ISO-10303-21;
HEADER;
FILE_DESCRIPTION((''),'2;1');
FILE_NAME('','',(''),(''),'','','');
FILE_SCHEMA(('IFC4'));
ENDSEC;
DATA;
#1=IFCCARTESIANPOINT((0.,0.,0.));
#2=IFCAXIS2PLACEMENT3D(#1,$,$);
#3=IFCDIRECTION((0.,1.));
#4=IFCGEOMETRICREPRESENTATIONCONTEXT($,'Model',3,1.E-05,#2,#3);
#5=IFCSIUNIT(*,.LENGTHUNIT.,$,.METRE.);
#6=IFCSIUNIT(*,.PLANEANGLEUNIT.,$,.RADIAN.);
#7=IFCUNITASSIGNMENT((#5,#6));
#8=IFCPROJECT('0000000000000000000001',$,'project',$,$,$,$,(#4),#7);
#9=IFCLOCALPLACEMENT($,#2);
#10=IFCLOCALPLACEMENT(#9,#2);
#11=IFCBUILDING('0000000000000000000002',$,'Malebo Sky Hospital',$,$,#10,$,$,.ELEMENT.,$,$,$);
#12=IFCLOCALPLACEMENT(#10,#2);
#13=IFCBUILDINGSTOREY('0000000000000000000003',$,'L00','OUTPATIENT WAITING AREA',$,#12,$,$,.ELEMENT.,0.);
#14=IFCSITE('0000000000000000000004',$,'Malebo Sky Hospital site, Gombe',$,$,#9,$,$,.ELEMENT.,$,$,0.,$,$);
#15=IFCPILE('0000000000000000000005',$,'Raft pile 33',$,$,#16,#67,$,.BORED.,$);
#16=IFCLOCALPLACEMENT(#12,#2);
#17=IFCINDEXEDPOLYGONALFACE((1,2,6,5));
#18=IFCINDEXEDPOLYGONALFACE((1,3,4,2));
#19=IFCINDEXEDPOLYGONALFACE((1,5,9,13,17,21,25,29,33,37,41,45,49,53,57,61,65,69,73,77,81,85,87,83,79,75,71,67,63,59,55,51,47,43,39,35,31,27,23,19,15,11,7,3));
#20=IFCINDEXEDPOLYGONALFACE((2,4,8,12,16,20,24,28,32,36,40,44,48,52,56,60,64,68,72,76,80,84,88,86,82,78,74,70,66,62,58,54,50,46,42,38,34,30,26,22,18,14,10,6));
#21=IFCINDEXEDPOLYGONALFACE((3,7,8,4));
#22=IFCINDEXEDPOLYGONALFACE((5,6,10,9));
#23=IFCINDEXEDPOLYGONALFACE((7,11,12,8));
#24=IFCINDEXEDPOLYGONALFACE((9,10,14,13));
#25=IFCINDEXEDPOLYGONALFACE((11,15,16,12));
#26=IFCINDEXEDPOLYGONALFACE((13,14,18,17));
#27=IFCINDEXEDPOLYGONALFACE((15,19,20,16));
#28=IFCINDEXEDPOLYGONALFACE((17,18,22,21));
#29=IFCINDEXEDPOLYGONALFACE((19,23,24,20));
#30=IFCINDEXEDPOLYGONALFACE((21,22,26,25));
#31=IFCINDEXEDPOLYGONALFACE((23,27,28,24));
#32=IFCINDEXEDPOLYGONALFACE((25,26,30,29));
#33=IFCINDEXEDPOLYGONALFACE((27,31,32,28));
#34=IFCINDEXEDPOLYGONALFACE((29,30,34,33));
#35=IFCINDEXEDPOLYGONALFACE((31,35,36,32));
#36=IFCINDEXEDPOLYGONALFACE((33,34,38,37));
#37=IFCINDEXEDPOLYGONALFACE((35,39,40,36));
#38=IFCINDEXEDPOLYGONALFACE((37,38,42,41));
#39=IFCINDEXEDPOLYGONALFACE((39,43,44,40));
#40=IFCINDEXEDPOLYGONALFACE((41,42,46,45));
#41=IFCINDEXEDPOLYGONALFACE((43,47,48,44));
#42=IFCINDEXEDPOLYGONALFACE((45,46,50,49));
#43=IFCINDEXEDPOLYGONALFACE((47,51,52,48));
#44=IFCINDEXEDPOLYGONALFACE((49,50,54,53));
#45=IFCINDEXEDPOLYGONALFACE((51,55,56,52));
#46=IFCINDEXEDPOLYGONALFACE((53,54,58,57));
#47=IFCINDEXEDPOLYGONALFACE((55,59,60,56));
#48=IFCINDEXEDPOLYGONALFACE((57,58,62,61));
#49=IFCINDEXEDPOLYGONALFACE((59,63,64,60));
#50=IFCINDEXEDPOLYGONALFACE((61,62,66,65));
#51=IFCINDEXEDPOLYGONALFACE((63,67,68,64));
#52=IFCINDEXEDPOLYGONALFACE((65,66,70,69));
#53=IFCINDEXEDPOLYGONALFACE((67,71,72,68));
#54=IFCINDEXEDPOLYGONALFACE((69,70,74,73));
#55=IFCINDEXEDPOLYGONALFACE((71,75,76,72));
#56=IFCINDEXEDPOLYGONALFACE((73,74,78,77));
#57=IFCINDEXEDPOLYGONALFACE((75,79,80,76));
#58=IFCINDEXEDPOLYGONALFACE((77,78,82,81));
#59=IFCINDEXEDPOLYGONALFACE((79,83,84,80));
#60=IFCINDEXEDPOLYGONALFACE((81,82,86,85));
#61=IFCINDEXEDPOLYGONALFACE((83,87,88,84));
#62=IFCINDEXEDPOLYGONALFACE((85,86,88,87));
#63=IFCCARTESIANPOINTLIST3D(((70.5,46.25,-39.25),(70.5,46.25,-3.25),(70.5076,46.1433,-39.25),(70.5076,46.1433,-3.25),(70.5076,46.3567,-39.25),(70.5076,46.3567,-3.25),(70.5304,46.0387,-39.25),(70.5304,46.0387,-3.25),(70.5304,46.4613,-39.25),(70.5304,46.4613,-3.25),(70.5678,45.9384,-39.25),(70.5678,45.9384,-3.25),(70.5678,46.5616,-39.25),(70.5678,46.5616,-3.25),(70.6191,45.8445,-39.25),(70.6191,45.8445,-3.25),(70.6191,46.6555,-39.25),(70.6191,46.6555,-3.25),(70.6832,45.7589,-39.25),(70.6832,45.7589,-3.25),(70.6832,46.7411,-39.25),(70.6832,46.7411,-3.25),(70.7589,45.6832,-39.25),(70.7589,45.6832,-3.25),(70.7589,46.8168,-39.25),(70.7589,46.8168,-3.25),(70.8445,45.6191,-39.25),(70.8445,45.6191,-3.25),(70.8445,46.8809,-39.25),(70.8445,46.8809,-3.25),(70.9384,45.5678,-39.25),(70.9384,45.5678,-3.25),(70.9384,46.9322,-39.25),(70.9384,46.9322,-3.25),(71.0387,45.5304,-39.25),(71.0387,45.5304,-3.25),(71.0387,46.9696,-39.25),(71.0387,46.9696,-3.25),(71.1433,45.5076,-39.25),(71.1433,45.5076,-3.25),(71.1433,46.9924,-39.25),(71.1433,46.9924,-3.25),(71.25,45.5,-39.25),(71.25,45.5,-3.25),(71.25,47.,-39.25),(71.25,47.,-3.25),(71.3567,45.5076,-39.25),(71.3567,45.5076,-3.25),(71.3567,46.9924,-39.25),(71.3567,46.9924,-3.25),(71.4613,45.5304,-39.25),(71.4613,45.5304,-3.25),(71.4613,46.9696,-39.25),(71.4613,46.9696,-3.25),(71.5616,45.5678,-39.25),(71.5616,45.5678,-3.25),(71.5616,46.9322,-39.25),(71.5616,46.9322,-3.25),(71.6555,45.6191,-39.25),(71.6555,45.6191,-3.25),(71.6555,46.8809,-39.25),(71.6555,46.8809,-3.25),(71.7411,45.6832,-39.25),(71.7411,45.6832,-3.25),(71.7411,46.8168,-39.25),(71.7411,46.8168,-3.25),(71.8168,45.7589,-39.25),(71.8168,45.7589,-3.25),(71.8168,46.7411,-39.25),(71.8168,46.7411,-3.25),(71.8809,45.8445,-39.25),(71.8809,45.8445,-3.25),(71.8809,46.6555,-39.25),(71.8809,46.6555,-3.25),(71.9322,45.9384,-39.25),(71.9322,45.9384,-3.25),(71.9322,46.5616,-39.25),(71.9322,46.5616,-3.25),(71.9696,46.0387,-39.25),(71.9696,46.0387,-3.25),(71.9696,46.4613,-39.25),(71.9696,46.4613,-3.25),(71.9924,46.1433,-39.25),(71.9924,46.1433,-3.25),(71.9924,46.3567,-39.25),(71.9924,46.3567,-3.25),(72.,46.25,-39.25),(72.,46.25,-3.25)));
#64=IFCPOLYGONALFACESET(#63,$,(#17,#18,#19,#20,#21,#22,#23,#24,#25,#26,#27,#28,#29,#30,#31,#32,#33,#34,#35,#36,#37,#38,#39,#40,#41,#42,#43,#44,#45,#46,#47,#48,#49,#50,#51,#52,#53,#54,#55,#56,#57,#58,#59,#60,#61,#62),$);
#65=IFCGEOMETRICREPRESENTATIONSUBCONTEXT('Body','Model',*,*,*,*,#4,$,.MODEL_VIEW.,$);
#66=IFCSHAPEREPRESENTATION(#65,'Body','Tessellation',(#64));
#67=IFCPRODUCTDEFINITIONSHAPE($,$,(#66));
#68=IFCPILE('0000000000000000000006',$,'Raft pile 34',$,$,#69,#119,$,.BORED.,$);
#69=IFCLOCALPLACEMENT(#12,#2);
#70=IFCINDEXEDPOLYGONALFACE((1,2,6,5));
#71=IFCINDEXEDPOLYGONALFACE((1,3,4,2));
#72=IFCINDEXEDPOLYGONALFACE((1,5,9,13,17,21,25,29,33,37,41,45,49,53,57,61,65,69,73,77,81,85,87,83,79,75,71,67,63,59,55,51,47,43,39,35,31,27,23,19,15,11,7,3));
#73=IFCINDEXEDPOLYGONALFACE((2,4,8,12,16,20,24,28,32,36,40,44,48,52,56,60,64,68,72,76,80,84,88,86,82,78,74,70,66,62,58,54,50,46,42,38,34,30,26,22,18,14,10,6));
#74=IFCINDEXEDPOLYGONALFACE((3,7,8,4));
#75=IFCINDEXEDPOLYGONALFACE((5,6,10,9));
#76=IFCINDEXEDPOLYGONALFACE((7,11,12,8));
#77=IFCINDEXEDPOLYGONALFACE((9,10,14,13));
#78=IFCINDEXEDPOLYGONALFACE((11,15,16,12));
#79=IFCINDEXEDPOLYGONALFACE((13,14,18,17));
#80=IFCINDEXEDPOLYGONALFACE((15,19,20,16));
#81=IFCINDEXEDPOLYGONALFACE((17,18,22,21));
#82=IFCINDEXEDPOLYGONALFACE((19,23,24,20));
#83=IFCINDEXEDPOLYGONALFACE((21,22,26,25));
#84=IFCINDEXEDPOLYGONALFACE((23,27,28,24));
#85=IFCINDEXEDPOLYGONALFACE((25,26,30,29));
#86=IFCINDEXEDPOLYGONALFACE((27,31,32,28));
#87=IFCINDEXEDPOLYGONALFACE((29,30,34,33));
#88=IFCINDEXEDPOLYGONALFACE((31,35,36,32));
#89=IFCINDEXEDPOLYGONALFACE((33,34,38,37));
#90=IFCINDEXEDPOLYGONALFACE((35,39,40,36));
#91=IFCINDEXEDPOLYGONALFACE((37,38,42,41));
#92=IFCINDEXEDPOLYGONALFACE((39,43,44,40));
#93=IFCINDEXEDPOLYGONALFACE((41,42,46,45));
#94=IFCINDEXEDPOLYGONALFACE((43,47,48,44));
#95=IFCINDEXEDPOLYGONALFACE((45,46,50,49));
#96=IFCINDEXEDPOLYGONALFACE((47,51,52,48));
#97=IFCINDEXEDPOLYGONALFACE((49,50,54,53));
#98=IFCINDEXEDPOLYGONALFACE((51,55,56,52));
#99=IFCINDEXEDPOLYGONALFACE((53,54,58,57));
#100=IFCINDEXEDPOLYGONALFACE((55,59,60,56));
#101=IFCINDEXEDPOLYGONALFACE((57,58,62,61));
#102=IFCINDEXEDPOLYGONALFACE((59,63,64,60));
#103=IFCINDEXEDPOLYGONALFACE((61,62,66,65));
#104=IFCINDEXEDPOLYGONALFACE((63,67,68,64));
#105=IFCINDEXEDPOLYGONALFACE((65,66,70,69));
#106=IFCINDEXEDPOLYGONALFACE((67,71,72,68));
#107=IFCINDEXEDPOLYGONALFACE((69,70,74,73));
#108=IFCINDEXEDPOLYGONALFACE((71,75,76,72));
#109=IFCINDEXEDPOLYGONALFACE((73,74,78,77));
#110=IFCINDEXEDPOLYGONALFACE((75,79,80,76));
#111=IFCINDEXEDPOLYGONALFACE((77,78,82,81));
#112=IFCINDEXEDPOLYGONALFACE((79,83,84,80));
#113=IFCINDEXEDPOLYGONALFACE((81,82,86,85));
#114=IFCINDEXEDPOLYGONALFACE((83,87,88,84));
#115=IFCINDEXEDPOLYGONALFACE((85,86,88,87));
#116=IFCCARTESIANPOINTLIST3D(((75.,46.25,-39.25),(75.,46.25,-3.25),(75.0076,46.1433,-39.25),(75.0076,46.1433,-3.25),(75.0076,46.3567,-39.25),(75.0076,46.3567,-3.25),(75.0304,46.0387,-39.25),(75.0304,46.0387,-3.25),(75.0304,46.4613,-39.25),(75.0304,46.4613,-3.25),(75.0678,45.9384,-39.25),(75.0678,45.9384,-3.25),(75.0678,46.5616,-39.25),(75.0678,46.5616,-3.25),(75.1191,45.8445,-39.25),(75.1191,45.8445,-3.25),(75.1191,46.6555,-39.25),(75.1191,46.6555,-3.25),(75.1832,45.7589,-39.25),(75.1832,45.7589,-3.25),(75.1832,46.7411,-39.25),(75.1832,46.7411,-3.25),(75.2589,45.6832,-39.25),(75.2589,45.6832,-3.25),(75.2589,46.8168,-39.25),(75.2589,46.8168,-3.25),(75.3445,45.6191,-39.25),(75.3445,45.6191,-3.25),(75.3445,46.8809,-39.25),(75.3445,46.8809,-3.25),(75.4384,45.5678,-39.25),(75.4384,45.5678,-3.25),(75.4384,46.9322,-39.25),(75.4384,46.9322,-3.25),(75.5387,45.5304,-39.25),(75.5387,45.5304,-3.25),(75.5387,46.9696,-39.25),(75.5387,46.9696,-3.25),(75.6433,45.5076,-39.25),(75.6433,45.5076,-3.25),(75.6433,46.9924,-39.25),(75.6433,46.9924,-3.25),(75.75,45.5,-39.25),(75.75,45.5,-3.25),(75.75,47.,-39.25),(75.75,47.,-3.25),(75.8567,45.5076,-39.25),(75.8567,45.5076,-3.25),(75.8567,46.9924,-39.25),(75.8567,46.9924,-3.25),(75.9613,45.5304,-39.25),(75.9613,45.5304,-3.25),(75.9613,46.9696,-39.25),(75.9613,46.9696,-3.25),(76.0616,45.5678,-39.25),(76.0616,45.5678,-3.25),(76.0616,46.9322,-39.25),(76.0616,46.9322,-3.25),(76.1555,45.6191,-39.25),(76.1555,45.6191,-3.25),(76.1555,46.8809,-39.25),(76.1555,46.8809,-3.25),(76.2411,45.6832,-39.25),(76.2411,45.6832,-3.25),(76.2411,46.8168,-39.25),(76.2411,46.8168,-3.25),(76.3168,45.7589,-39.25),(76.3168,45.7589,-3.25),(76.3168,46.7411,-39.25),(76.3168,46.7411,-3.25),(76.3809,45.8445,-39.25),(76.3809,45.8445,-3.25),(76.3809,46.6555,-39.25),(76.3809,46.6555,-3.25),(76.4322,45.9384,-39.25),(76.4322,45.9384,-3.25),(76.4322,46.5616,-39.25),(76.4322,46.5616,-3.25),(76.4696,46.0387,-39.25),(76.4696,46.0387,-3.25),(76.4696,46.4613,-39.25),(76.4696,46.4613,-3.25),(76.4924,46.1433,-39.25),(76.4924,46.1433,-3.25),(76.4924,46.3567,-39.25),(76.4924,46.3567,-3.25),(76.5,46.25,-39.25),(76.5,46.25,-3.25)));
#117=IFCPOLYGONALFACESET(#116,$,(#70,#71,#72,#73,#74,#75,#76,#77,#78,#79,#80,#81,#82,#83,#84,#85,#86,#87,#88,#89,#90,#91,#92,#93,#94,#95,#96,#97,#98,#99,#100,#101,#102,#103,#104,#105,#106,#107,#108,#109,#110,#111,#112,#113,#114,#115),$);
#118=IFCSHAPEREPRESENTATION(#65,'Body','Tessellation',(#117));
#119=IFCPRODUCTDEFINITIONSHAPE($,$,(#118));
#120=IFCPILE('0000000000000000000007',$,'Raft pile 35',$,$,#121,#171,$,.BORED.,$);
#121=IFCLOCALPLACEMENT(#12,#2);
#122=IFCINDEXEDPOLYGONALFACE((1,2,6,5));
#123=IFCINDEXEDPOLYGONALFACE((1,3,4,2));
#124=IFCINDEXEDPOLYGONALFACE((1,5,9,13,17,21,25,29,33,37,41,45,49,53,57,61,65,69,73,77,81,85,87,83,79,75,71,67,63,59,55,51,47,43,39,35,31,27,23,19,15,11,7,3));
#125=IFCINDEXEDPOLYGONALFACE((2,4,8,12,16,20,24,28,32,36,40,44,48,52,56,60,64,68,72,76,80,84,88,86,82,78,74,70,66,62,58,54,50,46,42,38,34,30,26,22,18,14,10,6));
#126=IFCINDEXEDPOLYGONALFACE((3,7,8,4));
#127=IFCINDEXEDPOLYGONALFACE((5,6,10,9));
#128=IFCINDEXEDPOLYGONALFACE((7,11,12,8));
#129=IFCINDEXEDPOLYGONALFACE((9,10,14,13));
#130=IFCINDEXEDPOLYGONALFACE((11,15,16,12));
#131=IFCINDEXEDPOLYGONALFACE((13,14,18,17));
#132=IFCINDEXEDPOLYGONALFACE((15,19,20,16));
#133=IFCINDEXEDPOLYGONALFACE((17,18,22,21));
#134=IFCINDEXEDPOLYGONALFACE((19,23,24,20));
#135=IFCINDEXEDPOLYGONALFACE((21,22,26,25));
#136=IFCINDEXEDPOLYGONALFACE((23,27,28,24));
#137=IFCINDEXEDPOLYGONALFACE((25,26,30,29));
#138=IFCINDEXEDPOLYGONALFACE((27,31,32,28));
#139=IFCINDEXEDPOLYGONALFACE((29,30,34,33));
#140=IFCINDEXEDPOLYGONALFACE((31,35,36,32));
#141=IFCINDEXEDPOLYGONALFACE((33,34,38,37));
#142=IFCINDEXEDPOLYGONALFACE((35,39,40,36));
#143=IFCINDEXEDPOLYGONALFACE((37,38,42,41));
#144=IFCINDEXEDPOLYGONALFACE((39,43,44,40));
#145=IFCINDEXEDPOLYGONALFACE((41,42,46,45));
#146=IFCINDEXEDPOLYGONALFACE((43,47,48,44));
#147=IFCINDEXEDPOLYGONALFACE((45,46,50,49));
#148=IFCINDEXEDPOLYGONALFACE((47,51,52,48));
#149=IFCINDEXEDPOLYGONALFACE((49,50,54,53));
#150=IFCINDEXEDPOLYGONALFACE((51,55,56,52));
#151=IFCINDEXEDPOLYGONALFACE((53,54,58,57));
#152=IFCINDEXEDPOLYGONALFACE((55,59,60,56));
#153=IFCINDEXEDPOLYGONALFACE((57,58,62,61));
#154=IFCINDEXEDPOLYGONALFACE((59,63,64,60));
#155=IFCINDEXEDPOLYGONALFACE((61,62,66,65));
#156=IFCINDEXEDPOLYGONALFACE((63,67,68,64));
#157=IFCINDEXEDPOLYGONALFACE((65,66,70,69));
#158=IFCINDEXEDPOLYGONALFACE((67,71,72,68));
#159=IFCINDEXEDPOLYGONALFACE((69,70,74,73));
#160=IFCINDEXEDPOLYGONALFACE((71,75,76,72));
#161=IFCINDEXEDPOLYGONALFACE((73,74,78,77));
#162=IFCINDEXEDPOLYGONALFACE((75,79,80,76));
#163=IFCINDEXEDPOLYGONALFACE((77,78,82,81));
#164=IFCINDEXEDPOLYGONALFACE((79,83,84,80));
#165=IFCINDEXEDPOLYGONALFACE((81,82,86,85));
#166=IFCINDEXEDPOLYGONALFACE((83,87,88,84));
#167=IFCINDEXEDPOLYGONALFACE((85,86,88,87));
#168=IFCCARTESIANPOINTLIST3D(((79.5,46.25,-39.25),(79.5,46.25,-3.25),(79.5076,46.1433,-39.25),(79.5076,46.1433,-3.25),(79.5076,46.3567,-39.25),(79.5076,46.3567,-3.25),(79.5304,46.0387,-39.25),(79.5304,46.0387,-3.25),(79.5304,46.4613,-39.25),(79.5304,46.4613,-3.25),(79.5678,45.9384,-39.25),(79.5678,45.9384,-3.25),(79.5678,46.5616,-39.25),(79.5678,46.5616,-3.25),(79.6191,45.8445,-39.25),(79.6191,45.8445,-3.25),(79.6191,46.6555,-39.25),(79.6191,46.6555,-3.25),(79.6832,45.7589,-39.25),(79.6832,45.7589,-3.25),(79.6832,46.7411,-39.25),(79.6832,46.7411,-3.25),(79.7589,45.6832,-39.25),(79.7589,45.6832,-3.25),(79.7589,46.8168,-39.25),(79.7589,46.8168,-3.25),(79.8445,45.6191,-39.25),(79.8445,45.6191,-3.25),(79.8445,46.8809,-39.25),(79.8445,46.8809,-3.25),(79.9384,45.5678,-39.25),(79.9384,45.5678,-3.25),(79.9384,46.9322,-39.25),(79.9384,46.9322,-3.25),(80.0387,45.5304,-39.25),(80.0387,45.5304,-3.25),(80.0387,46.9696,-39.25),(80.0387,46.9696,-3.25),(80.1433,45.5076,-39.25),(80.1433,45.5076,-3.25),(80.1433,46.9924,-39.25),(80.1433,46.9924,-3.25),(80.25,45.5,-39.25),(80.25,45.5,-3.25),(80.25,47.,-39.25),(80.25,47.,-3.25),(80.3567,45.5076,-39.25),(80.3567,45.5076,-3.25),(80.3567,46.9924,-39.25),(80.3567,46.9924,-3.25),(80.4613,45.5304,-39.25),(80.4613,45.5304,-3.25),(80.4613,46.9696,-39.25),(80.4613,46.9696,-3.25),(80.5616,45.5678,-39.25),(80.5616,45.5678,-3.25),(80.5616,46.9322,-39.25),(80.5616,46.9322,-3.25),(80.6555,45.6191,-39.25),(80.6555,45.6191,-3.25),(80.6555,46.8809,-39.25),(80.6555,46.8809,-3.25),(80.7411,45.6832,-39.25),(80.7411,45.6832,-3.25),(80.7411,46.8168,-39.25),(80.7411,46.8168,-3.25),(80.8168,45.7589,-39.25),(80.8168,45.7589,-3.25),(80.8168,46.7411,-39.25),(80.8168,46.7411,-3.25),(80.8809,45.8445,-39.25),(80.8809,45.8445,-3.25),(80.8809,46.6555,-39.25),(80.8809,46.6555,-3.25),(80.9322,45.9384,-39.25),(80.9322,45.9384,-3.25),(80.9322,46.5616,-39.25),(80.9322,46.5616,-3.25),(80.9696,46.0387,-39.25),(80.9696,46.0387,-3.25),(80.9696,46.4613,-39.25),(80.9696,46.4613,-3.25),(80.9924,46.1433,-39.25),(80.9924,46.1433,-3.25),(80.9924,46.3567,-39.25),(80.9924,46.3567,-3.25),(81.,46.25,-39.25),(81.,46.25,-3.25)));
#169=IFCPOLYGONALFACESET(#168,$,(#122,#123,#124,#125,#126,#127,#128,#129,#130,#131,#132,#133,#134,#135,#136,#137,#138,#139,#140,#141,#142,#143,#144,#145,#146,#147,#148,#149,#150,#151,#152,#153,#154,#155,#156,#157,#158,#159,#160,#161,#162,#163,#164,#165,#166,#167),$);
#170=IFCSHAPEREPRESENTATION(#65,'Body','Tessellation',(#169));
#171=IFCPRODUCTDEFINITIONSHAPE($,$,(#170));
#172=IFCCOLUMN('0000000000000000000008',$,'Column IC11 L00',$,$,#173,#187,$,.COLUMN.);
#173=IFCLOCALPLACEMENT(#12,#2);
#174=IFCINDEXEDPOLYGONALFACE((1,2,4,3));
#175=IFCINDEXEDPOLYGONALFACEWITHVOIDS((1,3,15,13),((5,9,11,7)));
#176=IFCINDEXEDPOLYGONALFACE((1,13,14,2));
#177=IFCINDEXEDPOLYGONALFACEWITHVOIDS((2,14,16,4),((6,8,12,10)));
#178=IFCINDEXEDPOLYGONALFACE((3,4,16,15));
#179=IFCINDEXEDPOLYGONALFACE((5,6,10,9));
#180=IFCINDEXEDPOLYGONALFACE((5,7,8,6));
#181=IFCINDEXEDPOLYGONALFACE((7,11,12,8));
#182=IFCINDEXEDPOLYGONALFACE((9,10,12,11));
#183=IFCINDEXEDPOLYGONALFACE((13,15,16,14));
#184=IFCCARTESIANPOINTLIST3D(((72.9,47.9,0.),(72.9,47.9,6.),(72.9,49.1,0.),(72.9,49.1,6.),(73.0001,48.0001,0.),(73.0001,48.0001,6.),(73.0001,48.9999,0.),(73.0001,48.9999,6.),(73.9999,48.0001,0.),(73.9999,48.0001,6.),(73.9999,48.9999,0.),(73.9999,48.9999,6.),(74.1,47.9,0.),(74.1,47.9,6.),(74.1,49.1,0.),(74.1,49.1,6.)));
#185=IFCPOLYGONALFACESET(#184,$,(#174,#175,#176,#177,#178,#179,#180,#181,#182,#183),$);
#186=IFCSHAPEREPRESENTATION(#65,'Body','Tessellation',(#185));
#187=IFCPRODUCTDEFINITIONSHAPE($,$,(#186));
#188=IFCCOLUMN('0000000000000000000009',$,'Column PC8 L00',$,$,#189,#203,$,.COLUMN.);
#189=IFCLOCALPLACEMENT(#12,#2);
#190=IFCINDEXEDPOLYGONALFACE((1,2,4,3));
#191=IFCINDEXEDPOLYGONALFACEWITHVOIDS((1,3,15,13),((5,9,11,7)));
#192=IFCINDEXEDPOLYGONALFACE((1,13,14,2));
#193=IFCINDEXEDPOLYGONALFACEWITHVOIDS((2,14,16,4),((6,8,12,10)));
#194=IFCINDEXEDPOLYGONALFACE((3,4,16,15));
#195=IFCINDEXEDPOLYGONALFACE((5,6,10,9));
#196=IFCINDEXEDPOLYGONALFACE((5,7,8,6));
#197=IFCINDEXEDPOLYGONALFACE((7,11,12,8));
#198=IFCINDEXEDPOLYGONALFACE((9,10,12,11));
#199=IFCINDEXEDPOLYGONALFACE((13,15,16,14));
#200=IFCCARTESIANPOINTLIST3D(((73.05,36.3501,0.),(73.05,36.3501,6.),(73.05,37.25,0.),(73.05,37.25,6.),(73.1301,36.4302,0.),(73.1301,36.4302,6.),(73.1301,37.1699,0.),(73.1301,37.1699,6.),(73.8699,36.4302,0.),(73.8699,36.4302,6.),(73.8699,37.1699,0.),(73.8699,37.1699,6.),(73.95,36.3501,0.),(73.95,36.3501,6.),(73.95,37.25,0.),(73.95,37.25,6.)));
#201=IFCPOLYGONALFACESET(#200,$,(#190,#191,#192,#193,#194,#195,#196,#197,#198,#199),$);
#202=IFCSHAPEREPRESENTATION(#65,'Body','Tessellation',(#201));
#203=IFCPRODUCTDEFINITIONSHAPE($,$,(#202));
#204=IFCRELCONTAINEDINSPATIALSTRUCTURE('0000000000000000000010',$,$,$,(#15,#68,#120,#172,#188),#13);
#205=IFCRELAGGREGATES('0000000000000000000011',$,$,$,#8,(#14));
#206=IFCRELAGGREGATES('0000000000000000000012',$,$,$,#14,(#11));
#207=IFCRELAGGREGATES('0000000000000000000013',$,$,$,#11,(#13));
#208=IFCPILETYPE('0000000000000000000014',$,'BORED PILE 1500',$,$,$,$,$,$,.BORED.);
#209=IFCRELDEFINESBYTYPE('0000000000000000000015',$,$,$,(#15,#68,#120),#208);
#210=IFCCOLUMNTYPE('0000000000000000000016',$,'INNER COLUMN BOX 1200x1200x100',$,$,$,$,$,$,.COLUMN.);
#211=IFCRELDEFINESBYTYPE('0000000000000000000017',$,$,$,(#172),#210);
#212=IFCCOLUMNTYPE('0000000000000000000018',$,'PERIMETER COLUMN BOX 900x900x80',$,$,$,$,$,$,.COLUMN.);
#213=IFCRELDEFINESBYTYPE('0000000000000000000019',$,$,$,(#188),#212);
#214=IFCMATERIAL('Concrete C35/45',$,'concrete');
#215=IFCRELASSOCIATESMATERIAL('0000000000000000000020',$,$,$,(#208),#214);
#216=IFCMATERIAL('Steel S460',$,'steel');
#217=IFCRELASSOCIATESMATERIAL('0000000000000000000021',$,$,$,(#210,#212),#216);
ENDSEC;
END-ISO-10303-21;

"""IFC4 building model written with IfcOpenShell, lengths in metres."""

from ifc_helpers import new_model, si_unit, direction, frame, origin, origin_2d, place, context, subcontext, project, spatial, hollow_rectangle, circle, extrude, material, material_profile, profile_set, type_object, element, save


model = new_model("IFC4")

# Units and contexts
model_context = context("Model", 3, precision=1e-05, world=origin(), true_north=direction((0.0, 1.0)))
body_context = subcontext(model_context, "Body", "Model", "MODEL_VIEW")
ifc_project = project(units=[si_unit("LENGTHUNIT", "METRE"), si_unit("PLANEANGLEUNIT", "RADIAN")], contexts=[model_context])

# Site, building, storey
site_placement = place(None, origin())
site = spatial("IfcSite", under=ifc_project, at=site_placement, Name="Malebo Sky Hospital site, Gombe", CompositionType="ELEMENT", RefElevation=0.0)
building_placement = place(site_placement, origin())
building = spatial("IfcBuilding", under=site, at=building_placement, Name="Malebo Sky Hospital", CompositionType="ELEMENT")
storey_placement = place(building_placement, origin())
storey = spatial("IfcBuildingStorey", under=building, at=storey_placement, Name="L00", Description="OUTPATIENT WAITING AREA", CompositionType="ELEMENT", Elevation=0.0)

# Piles
ifc_material_1 = material(Name="Concrete C35/45", Category="concrete")
ifc_material_profile_1 = material_profile(ifc_material_1, circle(Radius=0.75, at=origin_2d()), Name="BP 1500")
ifc_profile_set_1 = profile_set([ifc_material_profile_1], Name="Concrete C35/45")
pile_type = type_object("IfcPileType", Name="BORED PILE 1500", PredefinedType="BORED", material=ifc_profile_set_1)
for number, where, z_axis, x_axis, name in (
    (1, (71.25, 46.25, -3.25), (0.0, 0.0, -1.0), (1.0, 0.0, 0.0), "Raft pile 33"),
    (2, (75.75, 46.25, -3.25), (0.0, 0.0, -1.0), (1.0, 0.0, 0.0), "Raft pile 34"),
    (3, (80.25, 46.25, -3.25), (0.0, 0.0, -1.0), (1.0, 0.0, 0.0), "Raft pile 35"),
):
    element("IfcPile", number, at=place(storey_placement, frame(where, z_axis=z_axis, x_axis=x_axis)), inside=storey, type_object=pile_type, Name=name, PredefinedType="BORED", context=body_context, shape_type="SweptSolid", body=[
        extrude(circle(Radius=0.75, at=origin_2d()), origin(), (0.0, 0.0, 1.0), 36.0),
    ])

# Columns
ifc_material_2 = material(Name="Steel S460", Category="steel")
ifc_material_profile_2 = material_profile(ifc_material_2, hollow_rectangle(XDim=1.2, YDim=1.2, WallThickness=0.1001, at=origin_2d()), Name="BOX 1200x1200x100")
ifc_profile_set_2 = profile_set([ifc_material_profile_2], Name="Steel S460")
column_type_1 = type_object("IfcColumnType", Name="INNER COLUMN BOX 1200x1200x100", PredefinedType="COLUMN", material=ifc_profile_set_2)
column_placement = place(storey_placement, frame((73.5, 48.5, 0.0), z_axis=(0.0, 0.0, 1.0), x_axis=(1.0, 0.0, 0.0)))
element("IfcColumn", 4, at=column_placement, inside=storey, type_object=column_type_1, Name="Column IC11 L00", PredefinedType="COLUMN", context=body_context, shape_type="SweptSolid", body=[
    extrude(hollow_rectangle(XDim=1.2, YDim=1.2, WallThickness=0.1001, at=origin_2d()), origin(), (0.0, 0.0, 1.0), 6.0),
])
ifc_material_profile_3 = material_profile(ifc_material_2, hollow_rectangle(XDim=0.8999, YDim=0.8999, WallThickness=0.0801, at=origin_2d()), Name="BOX 900x900x80")
ifc_profile_set_3 = profile_set([ifc_material_profile_3], Name="Steel S460")
column_type_2 = type_object("IfcColumnType", Name="PERIMETER COLUMN BOX 900x900x80", PredefinedType="COLUMN", material=ifc_profile_set_3)
for number, where, z_axis, x_axis, name in (
    (5, (73.5, 36.8, 0.0), (0.0, 0.0, 1.0), (1.0, 0.0, 0.0), "Column PC8 L00"),
):
    element("IfcColumn", number, at=place(storey_placement, frame(where, z_axis=z_axis, x_axis=x_axis)), inside=storey, type_object=column_type_2, Name=name, PredefinedType="COLUMN", context=body_context, shape_type="SweptSolid", body=[
        extrude(hollow_rectangle(XDim=0.8999, YDim=0.8999, WallThickness=0.0801, at=origin_2d()), origin(), (0.0, 0.0, 1.0), 6.0),
    ])

save(model, "model.ifc")
